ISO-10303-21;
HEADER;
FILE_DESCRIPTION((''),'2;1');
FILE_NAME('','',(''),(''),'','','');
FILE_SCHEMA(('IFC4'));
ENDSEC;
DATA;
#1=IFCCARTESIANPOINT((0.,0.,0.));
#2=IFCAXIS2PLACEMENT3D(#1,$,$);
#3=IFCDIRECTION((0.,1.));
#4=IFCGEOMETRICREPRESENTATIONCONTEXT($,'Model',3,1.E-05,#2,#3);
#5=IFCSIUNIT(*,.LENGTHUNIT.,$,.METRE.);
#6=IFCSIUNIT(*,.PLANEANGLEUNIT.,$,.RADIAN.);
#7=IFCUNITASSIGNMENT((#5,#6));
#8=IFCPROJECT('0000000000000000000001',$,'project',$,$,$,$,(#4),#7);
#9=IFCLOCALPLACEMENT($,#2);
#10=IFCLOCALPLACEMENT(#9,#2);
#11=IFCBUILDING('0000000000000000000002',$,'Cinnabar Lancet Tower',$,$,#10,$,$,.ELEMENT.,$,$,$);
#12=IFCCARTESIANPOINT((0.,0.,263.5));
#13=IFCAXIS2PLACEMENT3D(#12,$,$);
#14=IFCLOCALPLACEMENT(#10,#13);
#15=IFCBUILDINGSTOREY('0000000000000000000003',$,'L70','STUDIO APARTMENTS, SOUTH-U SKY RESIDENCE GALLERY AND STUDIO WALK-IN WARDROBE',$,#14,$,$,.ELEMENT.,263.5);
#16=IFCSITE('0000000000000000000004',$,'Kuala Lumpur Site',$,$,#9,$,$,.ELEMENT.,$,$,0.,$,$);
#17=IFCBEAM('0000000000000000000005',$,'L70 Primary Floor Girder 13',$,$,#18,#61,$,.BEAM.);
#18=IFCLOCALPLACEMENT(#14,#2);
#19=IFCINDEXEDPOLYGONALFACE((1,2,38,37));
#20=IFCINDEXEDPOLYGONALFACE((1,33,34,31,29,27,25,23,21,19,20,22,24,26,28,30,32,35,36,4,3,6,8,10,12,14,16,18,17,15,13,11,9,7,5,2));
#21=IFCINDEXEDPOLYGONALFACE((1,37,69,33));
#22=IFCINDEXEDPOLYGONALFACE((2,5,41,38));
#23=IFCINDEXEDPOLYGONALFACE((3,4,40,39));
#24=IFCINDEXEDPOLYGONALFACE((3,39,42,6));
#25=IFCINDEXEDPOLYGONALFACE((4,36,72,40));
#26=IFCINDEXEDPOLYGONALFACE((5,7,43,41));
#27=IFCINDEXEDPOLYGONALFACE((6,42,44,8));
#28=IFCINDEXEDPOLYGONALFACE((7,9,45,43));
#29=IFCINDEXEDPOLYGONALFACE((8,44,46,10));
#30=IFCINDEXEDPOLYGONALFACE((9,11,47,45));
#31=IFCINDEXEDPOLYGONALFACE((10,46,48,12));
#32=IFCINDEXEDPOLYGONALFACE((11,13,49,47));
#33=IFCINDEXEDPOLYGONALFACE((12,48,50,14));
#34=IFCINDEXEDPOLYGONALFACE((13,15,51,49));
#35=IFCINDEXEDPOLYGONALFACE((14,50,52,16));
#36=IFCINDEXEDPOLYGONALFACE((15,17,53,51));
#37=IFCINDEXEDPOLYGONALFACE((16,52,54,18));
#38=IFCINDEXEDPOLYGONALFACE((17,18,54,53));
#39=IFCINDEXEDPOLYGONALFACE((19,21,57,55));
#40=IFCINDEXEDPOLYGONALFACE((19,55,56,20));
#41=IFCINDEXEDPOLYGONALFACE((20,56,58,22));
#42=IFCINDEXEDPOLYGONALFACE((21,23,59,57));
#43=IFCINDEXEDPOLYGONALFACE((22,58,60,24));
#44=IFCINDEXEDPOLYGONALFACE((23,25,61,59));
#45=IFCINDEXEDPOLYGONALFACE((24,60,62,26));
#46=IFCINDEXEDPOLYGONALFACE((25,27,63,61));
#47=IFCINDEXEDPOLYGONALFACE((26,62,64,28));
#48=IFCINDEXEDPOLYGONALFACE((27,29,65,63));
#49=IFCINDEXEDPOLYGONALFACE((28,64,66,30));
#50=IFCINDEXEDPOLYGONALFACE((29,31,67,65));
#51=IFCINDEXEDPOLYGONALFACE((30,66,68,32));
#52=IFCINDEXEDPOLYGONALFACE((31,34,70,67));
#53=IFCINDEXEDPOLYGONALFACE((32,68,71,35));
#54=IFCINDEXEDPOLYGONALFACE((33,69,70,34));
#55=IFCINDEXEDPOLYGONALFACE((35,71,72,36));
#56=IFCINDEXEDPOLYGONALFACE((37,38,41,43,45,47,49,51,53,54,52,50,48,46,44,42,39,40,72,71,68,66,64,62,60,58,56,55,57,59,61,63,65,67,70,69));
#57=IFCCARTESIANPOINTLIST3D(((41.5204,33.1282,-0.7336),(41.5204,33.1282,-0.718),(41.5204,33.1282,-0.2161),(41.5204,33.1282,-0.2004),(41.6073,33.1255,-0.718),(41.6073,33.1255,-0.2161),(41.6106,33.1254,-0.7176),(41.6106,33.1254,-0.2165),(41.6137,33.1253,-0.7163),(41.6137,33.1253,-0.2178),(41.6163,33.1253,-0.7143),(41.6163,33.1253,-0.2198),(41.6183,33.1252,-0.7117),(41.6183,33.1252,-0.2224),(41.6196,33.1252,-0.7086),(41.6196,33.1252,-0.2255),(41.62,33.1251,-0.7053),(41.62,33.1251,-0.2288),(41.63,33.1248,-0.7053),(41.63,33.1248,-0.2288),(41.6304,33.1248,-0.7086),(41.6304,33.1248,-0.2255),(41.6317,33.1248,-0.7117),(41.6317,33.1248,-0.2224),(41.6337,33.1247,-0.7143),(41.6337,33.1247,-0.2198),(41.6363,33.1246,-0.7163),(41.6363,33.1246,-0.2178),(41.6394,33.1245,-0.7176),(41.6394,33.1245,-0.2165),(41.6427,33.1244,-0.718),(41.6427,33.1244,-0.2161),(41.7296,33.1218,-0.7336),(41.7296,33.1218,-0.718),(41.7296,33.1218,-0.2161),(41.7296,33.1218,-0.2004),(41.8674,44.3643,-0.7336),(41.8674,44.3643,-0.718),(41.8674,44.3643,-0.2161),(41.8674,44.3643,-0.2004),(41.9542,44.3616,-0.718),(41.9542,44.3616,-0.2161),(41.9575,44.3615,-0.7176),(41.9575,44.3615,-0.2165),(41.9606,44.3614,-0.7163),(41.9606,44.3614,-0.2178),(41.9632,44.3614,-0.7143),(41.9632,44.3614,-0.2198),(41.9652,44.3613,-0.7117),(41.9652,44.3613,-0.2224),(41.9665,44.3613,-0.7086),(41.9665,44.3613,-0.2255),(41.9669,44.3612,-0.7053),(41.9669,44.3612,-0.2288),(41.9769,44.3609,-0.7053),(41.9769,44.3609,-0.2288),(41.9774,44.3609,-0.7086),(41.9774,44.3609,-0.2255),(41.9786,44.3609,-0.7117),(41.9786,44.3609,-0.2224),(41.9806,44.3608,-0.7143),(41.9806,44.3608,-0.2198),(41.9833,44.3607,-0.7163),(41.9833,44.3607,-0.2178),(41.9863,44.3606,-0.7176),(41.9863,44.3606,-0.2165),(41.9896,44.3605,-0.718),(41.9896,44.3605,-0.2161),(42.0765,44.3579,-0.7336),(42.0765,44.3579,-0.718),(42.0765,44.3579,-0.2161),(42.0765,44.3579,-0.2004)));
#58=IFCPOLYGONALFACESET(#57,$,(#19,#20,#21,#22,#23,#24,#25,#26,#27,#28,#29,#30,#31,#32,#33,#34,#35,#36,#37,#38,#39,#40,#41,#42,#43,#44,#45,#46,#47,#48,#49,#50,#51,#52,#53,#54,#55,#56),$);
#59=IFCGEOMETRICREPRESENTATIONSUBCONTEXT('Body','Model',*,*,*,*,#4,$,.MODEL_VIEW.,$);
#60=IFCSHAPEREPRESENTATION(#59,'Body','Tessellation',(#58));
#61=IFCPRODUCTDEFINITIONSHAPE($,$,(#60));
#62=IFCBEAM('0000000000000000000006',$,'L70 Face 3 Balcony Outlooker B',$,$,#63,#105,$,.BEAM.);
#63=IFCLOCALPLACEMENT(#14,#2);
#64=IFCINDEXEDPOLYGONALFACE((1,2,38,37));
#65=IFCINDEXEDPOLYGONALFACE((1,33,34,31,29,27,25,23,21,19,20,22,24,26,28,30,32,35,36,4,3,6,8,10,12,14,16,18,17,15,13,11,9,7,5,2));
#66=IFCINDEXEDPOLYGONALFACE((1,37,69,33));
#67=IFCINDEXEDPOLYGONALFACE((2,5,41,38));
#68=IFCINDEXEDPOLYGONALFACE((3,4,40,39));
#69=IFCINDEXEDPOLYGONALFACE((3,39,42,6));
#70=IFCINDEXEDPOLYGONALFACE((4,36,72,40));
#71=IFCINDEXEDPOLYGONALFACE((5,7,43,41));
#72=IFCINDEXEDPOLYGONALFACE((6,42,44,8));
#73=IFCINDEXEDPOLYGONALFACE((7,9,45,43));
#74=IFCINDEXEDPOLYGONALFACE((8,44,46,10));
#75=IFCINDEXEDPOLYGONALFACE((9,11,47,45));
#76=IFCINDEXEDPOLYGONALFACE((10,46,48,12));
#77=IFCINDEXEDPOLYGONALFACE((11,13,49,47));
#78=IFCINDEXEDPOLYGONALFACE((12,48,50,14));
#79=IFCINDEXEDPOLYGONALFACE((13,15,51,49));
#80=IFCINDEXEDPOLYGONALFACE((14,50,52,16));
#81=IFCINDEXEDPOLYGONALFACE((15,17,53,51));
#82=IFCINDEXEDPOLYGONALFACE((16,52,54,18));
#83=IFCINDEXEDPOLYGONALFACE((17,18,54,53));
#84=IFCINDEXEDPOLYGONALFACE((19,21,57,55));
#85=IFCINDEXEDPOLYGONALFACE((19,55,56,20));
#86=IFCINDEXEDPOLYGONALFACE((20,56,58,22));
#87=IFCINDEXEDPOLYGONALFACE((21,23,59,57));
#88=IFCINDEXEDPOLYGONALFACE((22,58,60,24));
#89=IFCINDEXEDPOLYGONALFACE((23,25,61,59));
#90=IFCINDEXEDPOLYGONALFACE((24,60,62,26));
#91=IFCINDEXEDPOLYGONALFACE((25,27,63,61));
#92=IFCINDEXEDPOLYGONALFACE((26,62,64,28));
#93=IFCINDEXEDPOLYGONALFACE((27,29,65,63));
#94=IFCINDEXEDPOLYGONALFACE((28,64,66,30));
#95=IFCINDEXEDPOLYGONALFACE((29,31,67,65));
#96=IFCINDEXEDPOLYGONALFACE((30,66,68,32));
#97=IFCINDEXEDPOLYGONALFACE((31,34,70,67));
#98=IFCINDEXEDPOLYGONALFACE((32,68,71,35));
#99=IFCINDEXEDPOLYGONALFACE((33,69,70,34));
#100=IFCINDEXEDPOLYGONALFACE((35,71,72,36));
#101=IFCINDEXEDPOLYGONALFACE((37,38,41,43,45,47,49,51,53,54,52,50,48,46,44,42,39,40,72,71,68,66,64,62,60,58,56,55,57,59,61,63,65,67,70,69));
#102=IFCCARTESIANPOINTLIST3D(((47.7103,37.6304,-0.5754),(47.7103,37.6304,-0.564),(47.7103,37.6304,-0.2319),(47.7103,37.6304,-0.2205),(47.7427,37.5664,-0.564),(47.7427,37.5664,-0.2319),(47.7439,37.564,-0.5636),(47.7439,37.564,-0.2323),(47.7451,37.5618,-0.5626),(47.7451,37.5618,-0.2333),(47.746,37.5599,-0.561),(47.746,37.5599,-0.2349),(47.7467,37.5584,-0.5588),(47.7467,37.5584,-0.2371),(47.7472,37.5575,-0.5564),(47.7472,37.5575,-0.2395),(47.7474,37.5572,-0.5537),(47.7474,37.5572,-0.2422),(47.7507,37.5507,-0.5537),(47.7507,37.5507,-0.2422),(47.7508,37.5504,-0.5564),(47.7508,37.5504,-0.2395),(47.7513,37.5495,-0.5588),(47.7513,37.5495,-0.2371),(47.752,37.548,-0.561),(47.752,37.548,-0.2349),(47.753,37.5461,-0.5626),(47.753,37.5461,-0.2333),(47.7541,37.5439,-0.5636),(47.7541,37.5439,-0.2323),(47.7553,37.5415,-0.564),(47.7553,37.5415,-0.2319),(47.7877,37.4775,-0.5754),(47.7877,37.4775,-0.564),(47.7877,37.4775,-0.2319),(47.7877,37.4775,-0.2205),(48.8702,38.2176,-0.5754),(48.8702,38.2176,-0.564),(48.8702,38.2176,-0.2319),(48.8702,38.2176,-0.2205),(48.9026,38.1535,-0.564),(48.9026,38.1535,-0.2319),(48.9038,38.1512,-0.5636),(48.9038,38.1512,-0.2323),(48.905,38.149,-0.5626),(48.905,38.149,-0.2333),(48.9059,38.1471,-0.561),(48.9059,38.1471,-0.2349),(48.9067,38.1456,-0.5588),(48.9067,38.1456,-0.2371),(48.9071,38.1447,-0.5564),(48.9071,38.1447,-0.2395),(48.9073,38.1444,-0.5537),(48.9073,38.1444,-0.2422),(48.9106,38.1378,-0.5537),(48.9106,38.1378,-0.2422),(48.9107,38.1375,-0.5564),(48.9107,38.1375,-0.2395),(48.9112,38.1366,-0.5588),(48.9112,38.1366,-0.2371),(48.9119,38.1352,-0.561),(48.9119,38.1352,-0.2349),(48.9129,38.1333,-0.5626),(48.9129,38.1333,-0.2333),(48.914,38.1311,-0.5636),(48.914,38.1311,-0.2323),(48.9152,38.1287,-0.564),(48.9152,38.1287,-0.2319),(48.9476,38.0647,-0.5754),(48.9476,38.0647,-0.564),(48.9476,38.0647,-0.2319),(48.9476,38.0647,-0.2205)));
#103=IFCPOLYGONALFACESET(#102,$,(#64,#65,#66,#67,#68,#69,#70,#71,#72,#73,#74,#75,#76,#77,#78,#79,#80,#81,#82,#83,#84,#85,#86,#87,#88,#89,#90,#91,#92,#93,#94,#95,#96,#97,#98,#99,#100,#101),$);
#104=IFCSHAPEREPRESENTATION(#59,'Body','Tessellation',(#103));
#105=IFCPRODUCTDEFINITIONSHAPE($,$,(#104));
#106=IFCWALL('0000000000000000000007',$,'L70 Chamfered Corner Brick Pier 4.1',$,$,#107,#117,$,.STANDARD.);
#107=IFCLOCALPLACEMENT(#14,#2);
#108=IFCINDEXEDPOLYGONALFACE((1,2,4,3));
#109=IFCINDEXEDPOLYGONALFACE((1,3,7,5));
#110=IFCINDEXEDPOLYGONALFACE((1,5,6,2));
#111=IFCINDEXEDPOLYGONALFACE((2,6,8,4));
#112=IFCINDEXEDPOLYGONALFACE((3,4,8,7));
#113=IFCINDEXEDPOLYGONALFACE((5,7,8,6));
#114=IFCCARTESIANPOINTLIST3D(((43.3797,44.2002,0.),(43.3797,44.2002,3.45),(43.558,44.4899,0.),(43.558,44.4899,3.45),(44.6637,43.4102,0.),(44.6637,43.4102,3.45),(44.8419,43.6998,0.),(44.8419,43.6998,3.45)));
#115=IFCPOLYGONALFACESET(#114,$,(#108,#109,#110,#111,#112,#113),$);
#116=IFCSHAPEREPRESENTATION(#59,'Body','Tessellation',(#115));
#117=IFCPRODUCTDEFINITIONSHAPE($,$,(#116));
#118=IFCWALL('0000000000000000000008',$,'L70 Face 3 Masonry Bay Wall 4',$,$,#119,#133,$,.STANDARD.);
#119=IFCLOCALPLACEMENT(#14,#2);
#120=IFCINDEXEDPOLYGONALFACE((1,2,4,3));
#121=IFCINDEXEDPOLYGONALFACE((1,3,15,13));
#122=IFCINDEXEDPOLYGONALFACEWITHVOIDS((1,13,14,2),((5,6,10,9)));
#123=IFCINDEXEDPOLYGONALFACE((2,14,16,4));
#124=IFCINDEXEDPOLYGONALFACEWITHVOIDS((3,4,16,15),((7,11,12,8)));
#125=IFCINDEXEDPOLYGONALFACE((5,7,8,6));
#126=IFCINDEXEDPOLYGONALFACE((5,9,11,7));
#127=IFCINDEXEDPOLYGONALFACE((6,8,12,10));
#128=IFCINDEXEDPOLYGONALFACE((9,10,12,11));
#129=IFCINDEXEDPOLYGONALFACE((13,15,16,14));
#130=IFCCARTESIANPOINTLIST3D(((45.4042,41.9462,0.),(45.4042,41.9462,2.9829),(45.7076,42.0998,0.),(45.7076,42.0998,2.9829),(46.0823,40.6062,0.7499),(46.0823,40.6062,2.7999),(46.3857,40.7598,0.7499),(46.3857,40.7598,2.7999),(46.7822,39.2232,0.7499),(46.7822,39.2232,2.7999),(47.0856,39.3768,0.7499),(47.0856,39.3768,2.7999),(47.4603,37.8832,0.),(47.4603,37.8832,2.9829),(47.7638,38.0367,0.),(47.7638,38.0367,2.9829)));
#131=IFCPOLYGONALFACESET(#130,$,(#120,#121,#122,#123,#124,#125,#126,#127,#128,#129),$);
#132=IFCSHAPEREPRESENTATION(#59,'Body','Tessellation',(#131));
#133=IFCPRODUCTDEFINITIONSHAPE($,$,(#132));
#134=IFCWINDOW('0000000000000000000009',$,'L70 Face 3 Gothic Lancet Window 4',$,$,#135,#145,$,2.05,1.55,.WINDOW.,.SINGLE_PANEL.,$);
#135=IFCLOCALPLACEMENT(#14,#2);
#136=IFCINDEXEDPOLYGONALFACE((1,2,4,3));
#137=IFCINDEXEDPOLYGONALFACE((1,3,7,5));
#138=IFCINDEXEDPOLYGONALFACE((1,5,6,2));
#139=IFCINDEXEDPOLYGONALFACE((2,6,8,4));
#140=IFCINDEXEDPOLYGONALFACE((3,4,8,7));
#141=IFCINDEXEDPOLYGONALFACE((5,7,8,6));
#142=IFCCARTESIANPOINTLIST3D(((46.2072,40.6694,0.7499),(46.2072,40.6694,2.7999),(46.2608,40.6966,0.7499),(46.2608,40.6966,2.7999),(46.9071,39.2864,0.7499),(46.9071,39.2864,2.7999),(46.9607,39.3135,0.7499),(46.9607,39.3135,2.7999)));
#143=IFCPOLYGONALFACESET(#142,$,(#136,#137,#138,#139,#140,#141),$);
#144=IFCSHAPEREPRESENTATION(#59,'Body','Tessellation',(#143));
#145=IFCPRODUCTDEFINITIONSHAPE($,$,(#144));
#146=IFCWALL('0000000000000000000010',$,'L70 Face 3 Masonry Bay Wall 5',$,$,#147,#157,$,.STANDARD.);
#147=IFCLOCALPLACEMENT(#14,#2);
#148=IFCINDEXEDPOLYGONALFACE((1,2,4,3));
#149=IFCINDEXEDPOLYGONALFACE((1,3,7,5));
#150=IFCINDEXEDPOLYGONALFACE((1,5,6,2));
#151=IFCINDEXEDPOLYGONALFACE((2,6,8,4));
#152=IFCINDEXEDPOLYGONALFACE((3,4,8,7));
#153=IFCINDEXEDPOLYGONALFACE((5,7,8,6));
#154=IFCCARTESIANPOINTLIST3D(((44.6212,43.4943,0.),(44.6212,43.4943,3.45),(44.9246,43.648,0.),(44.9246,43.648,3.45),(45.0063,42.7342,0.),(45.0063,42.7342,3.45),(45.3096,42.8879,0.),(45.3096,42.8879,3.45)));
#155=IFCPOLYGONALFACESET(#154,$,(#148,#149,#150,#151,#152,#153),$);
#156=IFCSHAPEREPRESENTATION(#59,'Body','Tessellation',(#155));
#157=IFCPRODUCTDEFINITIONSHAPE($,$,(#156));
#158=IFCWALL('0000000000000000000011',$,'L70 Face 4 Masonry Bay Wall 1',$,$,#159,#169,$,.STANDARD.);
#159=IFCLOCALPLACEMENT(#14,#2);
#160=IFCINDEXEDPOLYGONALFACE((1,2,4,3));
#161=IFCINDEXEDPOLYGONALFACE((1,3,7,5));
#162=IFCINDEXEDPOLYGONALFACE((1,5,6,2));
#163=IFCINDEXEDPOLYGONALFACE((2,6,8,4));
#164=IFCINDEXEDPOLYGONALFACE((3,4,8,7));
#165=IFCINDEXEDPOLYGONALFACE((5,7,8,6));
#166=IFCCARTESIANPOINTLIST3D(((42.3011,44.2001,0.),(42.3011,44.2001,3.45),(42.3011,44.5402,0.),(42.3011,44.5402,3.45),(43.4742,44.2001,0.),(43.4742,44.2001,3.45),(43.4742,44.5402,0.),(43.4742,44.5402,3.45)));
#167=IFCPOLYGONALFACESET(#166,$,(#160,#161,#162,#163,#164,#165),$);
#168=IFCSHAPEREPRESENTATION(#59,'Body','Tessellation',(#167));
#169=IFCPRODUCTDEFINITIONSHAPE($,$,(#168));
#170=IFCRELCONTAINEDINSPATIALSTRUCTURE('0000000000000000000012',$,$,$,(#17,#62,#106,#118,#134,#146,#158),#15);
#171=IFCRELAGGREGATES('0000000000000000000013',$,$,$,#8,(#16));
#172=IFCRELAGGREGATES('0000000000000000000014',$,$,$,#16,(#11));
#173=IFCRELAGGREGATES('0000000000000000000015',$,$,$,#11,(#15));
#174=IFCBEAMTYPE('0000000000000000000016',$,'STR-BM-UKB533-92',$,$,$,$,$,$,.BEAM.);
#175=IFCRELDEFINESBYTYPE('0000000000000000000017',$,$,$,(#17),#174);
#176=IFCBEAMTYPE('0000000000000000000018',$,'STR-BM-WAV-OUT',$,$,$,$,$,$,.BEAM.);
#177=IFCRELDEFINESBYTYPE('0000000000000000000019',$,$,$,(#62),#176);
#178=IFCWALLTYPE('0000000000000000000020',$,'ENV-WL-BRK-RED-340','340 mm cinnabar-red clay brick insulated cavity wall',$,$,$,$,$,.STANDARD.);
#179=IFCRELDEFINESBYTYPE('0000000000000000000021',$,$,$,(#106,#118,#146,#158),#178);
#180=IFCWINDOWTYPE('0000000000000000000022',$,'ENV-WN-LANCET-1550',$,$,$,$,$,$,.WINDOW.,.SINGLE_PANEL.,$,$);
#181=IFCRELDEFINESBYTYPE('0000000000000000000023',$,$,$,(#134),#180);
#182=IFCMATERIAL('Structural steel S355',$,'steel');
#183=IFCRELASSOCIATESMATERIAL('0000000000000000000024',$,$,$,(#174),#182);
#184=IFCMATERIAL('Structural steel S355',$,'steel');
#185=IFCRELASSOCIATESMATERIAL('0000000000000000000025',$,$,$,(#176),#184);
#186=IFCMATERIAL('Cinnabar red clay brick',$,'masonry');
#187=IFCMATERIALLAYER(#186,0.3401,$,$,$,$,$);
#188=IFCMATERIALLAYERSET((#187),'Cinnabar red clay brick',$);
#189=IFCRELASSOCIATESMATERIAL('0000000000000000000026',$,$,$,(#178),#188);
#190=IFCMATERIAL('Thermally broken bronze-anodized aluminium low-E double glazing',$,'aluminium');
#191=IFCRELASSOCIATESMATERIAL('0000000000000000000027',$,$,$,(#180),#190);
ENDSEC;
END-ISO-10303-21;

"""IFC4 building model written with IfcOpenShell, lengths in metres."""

from ifc_helpers import new_model, si_unit, direction, frame, frame_2d, origin, origin_2d, place, context, subcontext, project, spatial, rectangle, i_section, extrude, material, layer, layer_set, material_profile, profile_set, type_object, element, fill, save


model = new_model("IFC4")

# Units and contexts
model_context = context("Model", 3, precision=1e-05, world=origin(), true_north=direction((0.0, 1.0)))
body_context = subcontext(model_context, "Body", "Model", "MODEL_VIEW")
ifc_project = project(units=[si_unit("LENGTHUNIT", "METRE"), si_unit("PLANEANGLEUNIT", "RADIAN")], contexts=[model_context])

# Site, building, storey
site_placement = place(None, origin())
site = spatial("IfcSite", under=ifc_project, at=site_placement, Name="Kuala Lumpur Site", CompositionType="ELEMENT", RefElevation=0.0)
building_placement = place(site_placement, origin())
building = spatial("IfcBuilding", under=site, at=building_placement, Name="Cinnabar Lancet Tower", CompositionType="ELEMENT")
storey_placement = place(building_placement, frame((0.0, 0.0, 263.5)))
storey = spatial("IfcBuildingStorey", under=building, at=storey_placement, Name="L70", Description="STUDIO APARTMENTS, SOUTH-U SKY RESIDENCE GALLERY AND STUDIO WALK-IN WARDROBE", CompositionType="ELEMENT", Elevation=263.5)

# Beams
ifc_material_1 = material(Name="Structural steel S355", Category="steel")
ifc_material_profile_1 = material_profile(ifc_material_1, i_section(OverallWidth=0.2092, OverallDepth=0.5332, WebThickness=0.01, FlangeThickness=0.0156, FilletRadius=0.0127, at=origin_2d()), Name="UKB 533x210x92")
ifc_profile_set_1 = profile_set([ifc_material_profile_1], Name="Structural steel S355")
beam_type_1 = type_object("IfcBeamType", Name="STR-BM-UKB533-92", PredefinedType="BEAM", material=ifc_profile_set_1)
beam_1_placement = place(storey_placement, frame((41.9719, 44.3611, -0.467), z_axis=(-0.030861, -0.999524, 0.0), x_axis=(0.999524, -0.030861, 0.0)))
element("IfcBeam", 1, at=beam_1_placement, inside=storey, type_object=beam_type_1, Name="L70 Primary Floor Girder 13", PredefinedType="BEAM", context=body_context, shape_type="SweptSolid", body=[
    extrude(i_section(OverallWidth=0.2092, OverallDepth=0.5332, WebThickness=0.01, FlangeThickness=0.0156, FilletRadius=0.0127, at=origin_2d()), origin(), (0.0, 0.0, 1.0), 11.2415),
])
ifc_material_2 = material(Name="Structural steel S355", Category="steel")
ifc_material_profile_2 = material_profile(ifc_material_2, i_section(OverallWidth=0.1714, OverallDepth=0.355, WebThickness=0.0073, FlangeThickness=0.0115, FilletRadius=0.0103, at=origin_2d()), Name="UKB 356x171x51")
ifc_profile_set_2 = profile_set([ifc_material_profile_2], Name="Structural steel S355")
beam_type_2 = type_object("IfcBeamType", Name="STR-BM-WAV-OUT", PredefinedType="BEAM", material=ifc_profile_set_2)
beam_2_placement = place(storey_placement, frame((47.749, 37.554, -0.3979), z_axis=(0.8922, 0.45164, 0.0), x_axis=(-0.45164, 0.8922, 0.0)))
element("IfcBeam", 2, at=beam_2_placement, inside=storey, type_object=beam_type_2, Name="L70 Face 3 Balcony Outlooker B", PredefinedType="BEAM", context=body_context, shape_type="SweptSolid", body=[
    extrude(i_section(OverallWidth=0.1714, OverallDepth=0.355, WebThickness=0.0073, FlangeThickness=0.0115, FilletRadius=0.0103, at=origin_2d()), origin(), (0.0, 0.0, 1.0), 1.3),
])

# Wall
ifc_material_3 = material(Name="Cinnabar red clay brick", Category="masonry")
ifc_layer = layer(ifc_material_3, 0.3401)
ifc_layer_set = layer_set([ifc_layer], Name="Cinnabar red clay brick")
wall_type = type_object("IfcWallType", Name="ENV-WL-BRK-RED-340", Description="340 mm cinnabar-red clay brick insulated cavity wall", PredefinedType="STANDARD", material=ifc_layer_set)
wall_1_placement = place(storey_placement, frame((44.7529, 43.5549, 0.0), z_axis=(0.0, 0.0, 1.0), x_axis=(-0.851681, 0.524061, 0.0)))
element("IfcWall", 3, at=wall_1_placement, inside=storey, type_object=wall_type, Name="L70 Chamfered Corner Brick Pier 4.1", PredefinedType="STANDARD", context=body_context, shape_type="SweptSolid", body=[
    extrude(rectangle(XDim=1.5076, YDim=0.3401, at=frame_2d((0.7539, 0.0))), origin(), (0.0, 0.0, 1.0), 3.45),
])

# Wall, opening, window
wall_2_placement = place(storey_placement, frame((47.6121, 37.96, 0.0), z_axis=(0.0, 0.0, 1.0), x_axis=(-0.45154, 0.892251, 0.0)))
wall_2 = element("IfcWall", 4, at=wall_2_placement, inside=storey, type_object=wall_type, Name="L70 Face 3 Masonry Bay Wall 4", PredefinedType="STANDARD", context=body_context, shape_type="SweptSolid", body=[
    extrude(rectangle(XDim=4.5537, YDim=0.3401, at=frame_2d((2.2769, 0.0))), origin(), (0.0, 0.0, 1.0), 2.9829),
])
opening_placement = place(wall_2_placement, frame((1.502, 0.0, 0.75)))
opening = element("IfcOpeningElement", 5, at=opening_placement, cuts=wall_2, PredefinedType="OPENING", context=body_context, shape_type="SweptSolid", body=[
    extrude(rectangle(XDim=1.55, YDim=2.05, at=frame_2d((0.7749, 1.0249))), frame((0.0, 0.1799, 0.0), z_axis=(0.0, -1.0, 0.0), x_axis=(1.0, 0.0, 0.0)), (0.0, 0.0, 1.0), 0.3601),
])
ifc_material_4 = material(Name="Thermally broken bronze-anodized aluminium low-E double glazing", Category="aluminium")
window_type = type_object("IfcWindowType", Name="ENV-WN-LANCET-1550", PartitioningType="SINGLE_PANEL", PredefinedType="WINDOW", material=ifc_material_4)
window_placement = place(opening_placement, origin())
window = element("IfcWindow", 6, at=window_placement, inside=storey, type_object=window_type, Name="L70 Face 3 Gothic Lancet Window 4", OverallHeight=2.05, OverallWidth=1.55, PartitioningType="SINGLE_PANEL", PredefinedType="WINDOW", context=body_context, shape_type="SweptSolid", body=[
    extrude(rectangle(XDim=1.55, YDim=2.05, at=frame_2d((0.7749, 1.0249))), frame((0.0, 0.03, 0.0), z_axis=(0.0, -1.0, 0.0), x_axis=(1.0, 0.0, 0.0)), (0.0, 0.0, 1.0), 0.0601),
])
fill(opening, window)

# Walls
wall_3_placement = place(storey_placement, frame((45.158, 42.811, 0.0), z_axis=(0.0, 0.0, 1.0), x_axis=(-0.451907, 0.892065, 0.0)))
element("IfcWall", 7, at=wall_3_placement, inside=storey, type_object=wall_type, Name="L70 Face 3 Masonry Bay Wall 5", PredefinedType="STANDARD", context=body_context, shape_type="SweptSolid", body=[
    extrude(rectangle(XDim=0.8521, YDim=0.3401, at=frame_2d((0.426, 0.0))), origin(), (0.0, 0.0, 1.0), 3.45),
])
wall_4_placement = place(storey_placement, frame((43.4741, 44.3701, 0.0), z_axis=(0.0, 0.0, 1.0), x_axis=(-1.0, 0.0, 0.0)))
element("IfcWall", 8, at=wall_4_placement, inside=storey, type_object=wall_type, Name="L70 Face 4 Masonry Bay Wall 1", PredefinedType="STANDARD", context=body_context, shape_type="SweptSolid", body=[
    extrude(rectangle(XDim=1.1731, YDim=0.3401, at=frame_2d((0.5864, 0.0))), origin(), (0.0, 0.0, 1.0), 3.45),
])

save(model, "model.ifc")
